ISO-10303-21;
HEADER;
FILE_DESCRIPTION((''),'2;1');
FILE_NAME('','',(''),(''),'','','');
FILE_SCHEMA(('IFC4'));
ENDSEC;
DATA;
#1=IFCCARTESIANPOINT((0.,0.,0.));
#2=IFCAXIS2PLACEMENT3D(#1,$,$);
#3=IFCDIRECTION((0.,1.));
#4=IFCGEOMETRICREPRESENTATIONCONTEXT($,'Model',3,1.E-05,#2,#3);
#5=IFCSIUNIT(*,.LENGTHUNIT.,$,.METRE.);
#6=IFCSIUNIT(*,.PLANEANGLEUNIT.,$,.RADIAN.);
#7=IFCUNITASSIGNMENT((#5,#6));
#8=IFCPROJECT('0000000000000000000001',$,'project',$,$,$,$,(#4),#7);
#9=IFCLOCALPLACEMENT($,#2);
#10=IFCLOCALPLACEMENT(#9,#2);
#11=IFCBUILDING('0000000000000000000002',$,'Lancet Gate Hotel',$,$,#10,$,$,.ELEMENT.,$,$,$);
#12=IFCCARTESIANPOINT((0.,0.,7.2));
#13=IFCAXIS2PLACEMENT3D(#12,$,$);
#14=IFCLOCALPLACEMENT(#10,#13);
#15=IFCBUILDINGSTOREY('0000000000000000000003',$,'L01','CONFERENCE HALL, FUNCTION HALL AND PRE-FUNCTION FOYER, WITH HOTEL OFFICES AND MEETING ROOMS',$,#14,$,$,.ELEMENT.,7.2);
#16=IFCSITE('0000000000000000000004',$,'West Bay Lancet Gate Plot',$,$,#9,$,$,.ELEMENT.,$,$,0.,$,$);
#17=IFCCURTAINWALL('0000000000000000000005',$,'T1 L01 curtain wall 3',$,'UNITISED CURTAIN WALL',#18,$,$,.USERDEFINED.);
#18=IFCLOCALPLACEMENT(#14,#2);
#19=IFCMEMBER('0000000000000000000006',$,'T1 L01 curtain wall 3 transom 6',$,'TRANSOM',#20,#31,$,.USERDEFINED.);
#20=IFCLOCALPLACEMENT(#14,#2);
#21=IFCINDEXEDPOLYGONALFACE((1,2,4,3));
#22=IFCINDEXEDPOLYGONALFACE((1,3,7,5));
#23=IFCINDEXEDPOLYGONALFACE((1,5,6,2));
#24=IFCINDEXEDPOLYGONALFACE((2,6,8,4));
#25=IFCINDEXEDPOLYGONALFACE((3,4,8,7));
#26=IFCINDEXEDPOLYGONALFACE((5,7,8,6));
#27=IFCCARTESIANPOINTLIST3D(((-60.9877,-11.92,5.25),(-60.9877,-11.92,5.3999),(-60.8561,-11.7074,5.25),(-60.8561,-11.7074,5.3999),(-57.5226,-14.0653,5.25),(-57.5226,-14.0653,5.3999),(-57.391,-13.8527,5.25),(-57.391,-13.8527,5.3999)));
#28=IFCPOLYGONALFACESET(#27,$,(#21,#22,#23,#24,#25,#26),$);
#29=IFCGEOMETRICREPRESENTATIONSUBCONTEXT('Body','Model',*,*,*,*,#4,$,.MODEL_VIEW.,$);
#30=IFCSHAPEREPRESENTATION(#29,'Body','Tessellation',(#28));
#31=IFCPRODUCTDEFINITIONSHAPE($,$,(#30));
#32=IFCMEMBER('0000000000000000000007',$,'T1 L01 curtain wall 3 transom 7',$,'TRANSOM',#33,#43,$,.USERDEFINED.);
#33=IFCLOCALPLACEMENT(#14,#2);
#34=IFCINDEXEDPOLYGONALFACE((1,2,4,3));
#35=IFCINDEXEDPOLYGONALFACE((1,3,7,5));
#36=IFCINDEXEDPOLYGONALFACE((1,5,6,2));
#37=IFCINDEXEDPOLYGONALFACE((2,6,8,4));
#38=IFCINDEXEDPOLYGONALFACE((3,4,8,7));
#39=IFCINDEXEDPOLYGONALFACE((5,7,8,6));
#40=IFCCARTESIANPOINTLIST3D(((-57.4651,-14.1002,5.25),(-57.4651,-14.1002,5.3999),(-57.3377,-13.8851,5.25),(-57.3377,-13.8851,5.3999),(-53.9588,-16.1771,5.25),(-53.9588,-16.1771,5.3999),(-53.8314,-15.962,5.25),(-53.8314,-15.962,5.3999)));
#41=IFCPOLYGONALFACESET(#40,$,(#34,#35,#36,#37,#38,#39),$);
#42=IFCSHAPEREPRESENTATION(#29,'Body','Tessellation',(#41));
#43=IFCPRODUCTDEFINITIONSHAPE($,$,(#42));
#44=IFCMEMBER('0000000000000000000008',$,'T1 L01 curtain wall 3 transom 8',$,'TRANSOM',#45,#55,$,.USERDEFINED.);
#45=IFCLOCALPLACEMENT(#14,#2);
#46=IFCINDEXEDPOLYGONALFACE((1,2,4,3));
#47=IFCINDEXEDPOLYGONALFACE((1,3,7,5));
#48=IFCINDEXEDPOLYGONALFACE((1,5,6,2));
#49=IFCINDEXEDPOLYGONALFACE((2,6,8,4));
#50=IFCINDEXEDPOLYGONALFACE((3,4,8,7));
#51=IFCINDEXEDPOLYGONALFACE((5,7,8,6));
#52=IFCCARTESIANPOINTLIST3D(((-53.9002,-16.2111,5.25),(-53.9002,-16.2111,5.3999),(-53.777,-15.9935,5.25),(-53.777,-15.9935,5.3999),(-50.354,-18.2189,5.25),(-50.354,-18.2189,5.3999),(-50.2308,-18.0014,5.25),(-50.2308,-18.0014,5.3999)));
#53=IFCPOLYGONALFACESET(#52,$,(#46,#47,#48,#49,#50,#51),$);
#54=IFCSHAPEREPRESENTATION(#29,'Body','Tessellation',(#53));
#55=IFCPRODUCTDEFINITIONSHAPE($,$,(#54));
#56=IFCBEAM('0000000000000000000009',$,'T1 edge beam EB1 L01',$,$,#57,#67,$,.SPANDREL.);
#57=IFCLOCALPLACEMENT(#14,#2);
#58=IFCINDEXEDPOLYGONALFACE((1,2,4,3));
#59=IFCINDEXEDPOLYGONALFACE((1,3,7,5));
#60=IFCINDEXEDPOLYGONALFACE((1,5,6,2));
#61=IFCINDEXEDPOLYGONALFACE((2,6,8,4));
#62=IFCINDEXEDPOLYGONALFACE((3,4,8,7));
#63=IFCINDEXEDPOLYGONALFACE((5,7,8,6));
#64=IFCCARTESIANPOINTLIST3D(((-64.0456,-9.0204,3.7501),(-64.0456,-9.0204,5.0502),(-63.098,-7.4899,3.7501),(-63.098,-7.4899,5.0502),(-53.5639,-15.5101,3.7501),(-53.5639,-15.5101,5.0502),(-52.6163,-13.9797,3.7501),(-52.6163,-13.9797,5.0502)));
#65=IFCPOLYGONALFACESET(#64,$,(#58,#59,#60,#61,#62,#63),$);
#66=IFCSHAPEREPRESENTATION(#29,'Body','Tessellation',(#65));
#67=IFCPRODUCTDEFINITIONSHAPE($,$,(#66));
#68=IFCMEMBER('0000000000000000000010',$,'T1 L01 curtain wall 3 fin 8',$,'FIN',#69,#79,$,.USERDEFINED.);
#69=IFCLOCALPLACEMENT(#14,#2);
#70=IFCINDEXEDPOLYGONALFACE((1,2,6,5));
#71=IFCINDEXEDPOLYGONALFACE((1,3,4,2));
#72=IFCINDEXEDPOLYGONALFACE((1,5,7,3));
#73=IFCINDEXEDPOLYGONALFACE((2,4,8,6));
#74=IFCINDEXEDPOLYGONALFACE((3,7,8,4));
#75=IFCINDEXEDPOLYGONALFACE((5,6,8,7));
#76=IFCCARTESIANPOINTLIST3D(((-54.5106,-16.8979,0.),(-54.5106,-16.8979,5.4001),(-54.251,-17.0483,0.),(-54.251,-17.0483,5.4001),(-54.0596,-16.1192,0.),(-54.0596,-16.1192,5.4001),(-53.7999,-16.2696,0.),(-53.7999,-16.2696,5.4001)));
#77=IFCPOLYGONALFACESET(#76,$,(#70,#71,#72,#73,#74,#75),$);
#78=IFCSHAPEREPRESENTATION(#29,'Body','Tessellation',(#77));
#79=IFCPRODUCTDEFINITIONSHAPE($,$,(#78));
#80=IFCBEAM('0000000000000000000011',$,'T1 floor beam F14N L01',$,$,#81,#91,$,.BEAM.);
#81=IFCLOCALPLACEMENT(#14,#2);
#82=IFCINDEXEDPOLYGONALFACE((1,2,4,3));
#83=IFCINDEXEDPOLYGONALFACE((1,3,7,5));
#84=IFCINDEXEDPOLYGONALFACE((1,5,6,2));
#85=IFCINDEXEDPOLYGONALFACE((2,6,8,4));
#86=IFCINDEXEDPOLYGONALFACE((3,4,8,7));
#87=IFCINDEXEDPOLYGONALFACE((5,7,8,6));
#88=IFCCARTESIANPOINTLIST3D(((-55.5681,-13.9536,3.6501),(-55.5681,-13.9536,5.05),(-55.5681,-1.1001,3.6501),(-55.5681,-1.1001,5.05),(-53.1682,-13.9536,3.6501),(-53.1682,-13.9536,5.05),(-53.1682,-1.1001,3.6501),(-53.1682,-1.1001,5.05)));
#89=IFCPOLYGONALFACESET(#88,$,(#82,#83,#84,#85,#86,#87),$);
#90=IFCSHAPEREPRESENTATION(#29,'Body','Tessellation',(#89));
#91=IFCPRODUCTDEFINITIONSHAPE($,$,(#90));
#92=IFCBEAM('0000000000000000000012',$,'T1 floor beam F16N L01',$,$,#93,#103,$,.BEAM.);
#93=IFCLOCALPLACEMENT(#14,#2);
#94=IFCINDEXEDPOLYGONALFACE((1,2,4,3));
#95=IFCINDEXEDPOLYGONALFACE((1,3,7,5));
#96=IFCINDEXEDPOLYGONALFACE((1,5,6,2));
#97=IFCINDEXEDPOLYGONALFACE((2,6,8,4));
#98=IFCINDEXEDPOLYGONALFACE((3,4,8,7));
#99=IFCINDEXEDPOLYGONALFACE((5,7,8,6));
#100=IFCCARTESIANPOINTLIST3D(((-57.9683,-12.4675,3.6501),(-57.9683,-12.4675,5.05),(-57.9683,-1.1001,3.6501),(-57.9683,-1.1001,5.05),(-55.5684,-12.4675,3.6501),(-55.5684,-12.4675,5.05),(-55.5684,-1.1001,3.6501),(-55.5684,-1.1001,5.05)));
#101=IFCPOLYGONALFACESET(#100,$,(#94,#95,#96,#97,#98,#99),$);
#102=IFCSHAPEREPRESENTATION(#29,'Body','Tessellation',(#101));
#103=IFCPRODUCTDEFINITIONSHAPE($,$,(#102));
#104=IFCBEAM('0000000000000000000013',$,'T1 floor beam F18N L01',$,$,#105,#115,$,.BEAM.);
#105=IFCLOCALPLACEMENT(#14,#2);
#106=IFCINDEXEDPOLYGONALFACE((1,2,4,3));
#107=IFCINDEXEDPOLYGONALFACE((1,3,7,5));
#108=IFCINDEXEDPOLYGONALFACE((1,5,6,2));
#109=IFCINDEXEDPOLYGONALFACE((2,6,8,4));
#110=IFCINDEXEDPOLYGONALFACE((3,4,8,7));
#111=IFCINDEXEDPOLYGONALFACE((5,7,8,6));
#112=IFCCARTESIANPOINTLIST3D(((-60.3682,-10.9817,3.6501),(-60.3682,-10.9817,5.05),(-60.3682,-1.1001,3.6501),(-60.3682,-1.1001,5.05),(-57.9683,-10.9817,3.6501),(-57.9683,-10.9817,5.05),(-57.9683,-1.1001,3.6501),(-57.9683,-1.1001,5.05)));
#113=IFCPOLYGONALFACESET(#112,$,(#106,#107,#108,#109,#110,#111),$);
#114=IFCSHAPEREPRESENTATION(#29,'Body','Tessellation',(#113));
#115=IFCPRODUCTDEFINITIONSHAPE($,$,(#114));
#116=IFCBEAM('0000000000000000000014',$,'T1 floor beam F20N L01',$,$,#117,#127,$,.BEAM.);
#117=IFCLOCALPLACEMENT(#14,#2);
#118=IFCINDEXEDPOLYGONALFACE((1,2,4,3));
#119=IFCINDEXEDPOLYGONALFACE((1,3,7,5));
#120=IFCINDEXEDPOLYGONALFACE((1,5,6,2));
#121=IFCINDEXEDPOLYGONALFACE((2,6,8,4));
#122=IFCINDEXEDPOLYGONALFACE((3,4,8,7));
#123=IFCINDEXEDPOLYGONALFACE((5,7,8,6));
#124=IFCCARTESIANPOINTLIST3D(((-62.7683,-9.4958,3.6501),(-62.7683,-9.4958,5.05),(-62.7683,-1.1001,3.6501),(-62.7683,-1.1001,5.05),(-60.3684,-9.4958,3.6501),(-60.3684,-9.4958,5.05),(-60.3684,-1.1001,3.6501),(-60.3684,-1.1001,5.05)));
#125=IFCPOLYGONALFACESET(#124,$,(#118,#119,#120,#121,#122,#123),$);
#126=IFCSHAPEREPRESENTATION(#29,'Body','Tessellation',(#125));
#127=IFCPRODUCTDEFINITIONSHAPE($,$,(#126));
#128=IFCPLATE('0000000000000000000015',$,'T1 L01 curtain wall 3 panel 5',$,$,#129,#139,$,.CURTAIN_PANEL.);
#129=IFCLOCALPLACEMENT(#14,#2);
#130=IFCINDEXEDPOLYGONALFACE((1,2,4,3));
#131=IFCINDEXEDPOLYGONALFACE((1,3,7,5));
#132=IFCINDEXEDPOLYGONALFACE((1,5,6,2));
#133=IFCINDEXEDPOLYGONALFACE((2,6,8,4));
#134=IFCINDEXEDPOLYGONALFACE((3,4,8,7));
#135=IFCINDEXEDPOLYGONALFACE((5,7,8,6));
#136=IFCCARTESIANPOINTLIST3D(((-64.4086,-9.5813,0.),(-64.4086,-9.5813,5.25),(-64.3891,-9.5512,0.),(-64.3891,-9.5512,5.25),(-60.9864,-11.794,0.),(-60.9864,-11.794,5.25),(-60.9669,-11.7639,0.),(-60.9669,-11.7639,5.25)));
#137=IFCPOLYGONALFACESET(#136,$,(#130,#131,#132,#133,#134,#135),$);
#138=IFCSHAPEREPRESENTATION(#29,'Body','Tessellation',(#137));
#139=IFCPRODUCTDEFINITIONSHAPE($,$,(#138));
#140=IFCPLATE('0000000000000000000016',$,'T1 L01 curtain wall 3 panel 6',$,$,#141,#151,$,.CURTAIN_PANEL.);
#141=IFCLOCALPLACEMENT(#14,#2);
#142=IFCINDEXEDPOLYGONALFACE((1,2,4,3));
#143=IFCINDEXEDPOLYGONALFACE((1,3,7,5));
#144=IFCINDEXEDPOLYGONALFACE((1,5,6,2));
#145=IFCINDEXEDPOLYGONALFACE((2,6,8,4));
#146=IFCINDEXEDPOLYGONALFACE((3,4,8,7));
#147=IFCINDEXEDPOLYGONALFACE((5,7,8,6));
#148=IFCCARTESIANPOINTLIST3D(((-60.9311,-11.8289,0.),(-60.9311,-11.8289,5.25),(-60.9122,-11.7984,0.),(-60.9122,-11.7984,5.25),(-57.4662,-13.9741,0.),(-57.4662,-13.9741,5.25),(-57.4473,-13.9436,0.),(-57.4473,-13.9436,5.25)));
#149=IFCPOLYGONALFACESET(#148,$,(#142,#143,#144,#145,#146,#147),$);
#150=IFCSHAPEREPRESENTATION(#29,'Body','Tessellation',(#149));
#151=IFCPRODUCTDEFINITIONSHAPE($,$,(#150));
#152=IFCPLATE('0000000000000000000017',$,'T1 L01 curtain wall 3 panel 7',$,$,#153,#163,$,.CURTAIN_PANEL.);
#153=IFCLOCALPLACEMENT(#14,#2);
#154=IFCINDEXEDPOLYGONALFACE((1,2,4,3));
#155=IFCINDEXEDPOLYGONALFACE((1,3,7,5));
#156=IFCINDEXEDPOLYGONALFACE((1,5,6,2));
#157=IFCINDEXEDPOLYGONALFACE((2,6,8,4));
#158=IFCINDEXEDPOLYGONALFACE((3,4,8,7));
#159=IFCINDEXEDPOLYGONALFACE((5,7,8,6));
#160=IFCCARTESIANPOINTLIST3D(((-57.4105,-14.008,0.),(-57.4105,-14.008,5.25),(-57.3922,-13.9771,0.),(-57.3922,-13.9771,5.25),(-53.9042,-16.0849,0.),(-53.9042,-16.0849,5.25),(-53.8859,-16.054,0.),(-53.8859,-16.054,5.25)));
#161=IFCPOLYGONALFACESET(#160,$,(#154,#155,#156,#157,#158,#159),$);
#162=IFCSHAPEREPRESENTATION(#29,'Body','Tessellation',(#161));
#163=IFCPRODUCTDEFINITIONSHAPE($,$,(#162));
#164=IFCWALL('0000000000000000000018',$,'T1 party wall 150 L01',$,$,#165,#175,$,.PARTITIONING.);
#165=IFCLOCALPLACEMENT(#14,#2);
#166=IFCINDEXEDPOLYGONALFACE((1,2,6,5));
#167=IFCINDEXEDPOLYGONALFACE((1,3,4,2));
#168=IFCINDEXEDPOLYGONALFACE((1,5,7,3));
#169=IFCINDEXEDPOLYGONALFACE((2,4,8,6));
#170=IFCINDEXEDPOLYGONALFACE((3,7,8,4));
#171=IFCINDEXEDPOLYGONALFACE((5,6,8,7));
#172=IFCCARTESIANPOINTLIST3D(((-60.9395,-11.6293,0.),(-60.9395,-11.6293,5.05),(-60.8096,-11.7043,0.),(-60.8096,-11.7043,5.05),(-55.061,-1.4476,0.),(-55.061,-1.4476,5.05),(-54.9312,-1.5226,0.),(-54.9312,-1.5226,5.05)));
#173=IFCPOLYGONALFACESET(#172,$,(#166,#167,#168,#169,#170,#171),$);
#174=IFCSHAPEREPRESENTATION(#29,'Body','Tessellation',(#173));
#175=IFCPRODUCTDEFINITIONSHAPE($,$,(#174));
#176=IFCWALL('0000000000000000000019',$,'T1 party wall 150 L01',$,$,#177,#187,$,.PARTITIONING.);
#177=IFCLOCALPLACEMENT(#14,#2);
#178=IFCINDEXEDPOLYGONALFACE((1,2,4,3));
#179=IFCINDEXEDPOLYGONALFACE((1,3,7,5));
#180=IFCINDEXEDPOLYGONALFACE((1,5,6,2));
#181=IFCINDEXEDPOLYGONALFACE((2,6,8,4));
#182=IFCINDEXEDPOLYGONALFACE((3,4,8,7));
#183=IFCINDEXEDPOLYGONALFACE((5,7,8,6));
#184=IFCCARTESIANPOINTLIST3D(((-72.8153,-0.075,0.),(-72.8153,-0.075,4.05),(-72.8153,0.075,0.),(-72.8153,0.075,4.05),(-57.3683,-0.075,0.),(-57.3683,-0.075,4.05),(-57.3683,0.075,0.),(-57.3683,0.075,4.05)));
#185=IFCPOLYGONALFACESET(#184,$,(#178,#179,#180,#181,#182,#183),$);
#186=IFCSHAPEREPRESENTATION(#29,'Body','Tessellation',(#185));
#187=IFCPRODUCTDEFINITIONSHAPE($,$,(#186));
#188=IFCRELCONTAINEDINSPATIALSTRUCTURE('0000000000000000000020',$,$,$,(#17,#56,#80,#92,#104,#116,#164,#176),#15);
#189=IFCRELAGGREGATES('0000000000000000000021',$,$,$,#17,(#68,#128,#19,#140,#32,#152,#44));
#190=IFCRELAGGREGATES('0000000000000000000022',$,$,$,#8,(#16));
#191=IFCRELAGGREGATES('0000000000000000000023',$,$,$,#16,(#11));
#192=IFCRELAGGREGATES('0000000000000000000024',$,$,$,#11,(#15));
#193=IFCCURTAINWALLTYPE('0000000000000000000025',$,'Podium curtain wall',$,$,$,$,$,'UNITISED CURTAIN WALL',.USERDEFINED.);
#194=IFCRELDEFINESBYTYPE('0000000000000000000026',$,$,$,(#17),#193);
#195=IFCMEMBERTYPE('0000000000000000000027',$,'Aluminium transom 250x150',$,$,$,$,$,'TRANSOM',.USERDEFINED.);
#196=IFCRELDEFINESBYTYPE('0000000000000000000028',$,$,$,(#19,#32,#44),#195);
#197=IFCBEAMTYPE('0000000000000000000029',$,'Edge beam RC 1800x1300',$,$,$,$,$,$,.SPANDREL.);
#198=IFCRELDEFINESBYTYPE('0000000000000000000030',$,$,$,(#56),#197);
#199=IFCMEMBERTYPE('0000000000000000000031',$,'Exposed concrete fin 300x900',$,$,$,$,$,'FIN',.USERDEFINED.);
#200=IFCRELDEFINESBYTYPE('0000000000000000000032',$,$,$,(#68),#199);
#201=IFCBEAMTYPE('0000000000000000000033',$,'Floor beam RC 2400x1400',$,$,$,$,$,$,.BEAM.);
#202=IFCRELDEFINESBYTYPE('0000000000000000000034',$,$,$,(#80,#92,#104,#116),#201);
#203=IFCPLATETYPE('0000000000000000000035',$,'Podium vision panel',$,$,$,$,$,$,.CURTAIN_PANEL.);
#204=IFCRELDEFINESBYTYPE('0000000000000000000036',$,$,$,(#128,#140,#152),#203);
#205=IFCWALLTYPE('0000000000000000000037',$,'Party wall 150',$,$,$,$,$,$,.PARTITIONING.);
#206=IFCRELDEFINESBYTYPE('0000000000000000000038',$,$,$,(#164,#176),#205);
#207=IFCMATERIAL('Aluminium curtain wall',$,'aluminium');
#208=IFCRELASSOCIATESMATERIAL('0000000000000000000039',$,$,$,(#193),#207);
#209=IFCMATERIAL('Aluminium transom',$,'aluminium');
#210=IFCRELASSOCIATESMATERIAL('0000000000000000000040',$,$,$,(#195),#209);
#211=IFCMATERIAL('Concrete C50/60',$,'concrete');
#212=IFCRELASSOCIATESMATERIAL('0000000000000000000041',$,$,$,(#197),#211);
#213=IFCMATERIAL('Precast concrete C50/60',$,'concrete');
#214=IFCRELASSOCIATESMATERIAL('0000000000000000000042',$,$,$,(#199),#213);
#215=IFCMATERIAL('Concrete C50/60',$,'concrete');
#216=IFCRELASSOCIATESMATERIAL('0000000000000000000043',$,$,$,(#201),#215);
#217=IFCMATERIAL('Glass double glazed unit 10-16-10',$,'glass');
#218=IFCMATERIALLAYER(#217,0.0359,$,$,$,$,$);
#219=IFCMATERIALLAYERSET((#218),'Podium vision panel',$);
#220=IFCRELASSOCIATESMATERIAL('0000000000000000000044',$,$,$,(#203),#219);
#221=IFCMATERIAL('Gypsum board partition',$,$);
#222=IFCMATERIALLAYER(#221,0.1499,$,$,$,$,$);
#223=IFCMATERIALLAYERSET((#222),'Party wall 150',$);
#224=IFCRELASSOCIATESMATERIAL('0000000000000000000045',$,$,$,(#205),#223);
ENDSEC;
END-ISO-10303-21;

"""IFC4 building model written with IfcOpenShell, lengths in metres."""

from ifc_helpers import new_model, si_unit, direction, frame, frame_2d, origin, origin_2d, place, context, subcontext, project, spatial, rectangle, extrude, material, layer, layer_set, material_profile, profile_set, type_object, element, aggregate, save


model = new_model("IFC4")

# Units and contexts
model_context = context("Model", 3, precision=1e-05, world=origin(), true_north=direction((0.0, 1.0)))
body_context = subcontext(model_context, "Body", "Model", "MODEL_VIEW")
ifc_project = project(units=[si_unit("LENGTHUNIT", "METRE"), si_unit("PLANEANGLEUNIT", "RADIAN")], contexts=[model_context])

# Site, building, storey
site_placement = place(None, origin())
site = spatial("IfcSite", under=ifc_project, at=site_placement, Name="West Bay Lancet Gate Plot", CompositionType="ELEMENT", RefElevation=0.0)
building_placement = place(site_placement, origin())
building = spatial("IfcBuilding", under=site, at=building_placement, Name="Lancet Gate Hotel", CompositionType="ELEMENT")
storey_placement = place(building_placement, frame((0.0, 0.0, 7.2)))
storey = spatial("IfcBuildingStorey", under=building, at=storey_placement, Name="L01", Description="CONFERENCE HALL, FUNCTION HALL AND PRE-FUNCTION FOYER, WITH HOTEL OFFICES AND MEETING ROOMS", CompositionType="ELEMENT", Elevation=7.2)

# Curtain wall, members
ifc_material_1 = material(Name="Aluminium curtain wall", Category="aluminium")
curtain_wall_type = type_object("IfcCurtainWallType", Name="Podium curtain wall", ElementType="UNITISED CURTAIN WALL", PredefinedType="USERDEFINED", material=ifc_material_1)
curtain_wall_placement = place(storey_placement, origin())
curtain_wall = element("IfcCurtainWall", 1, at=curtain_wall_placement, inside=storey, type_object=curtain_wall_type, Name="T1 L01 curtain wall 3", ObjectType="UNITISED CURTAIN WALL", PredefinedType="USERDEFINED")
ifc_material_2 = material(Name="Aluminium transom", Category="aluminium")
ifc_material_profile_1 = material_profile(ifc_material_2, rectangle(XDim=0.25, YDim=0.1499, at=origin_2d()), Name="TRANSOM 250x150")
ifc_profile_set_1 = profile_set([ifc_material_profile_1], Name="Aluminium transom")
member_type_1 = type_object("IfcMemberType", Name="Aluminium transom 250x150", ElementType="TRANSOM", PredefinedType="USERDEFINED", material=ifc_profile_set_1)
member_1_placement = place(storey_placement, frame((-60.9219, -11.8137, 5.325), z_axis=(0.850242, -0.526392, 0.0), x_axis=(0.526392, 0.850242, 0.0)))
member_1 = element("IfcMember", 2, at=member_1_placement, type_object=member_type_1, Name="T1 L01 curtain wall 3 transom 6", ObjectType="TRANSOM", PredefinedType="USERDEFINED", context=body_context, shape_type="SweptSolid", body=[
    extrude(rectangle(XDim=0.25, YDim=0.1499, at=origin_2d()), origin(), (0.0, 0.0, 1.0), 4.0754),
])
member_2_placement = place(storey_placement, frame((-57.4014, -13.9927, 5.325), z_axis=(0.860392, -0.509633, 0.0), x_axis=(0.509633, 0.860392, 0.0)))
member_2 = element("IfcMember", 3, at=member_2_placement, type_object=member_type_1, Name="T1 L01 curtain wall 3 transom 7", ObjectType="TRANSOM", PredefinedType="USERDEFINED", context=body_context, shape_type="SweptSolid", body=[
    extrude(rectangle(XDim=0.25, YDim=0.1499, at=origin_2d()), origin(), (0.0, 0.0, 1.0), 4.0752),
])
member_3_placement = place(storey_placement, frame((-53.8386, -16.1023, 5.325), z_axis=(0.870198, -0.492703, 0.0), x_axis=(0.492703, 0.870198, 0.0)))
member_3 = element("IfcMember", 4, at=member_3_placement, type_object=member_type_1, Name="T1 L01 curtain wall 3 transom 8", ObjectType="TRANSOM", PredefinedType="USERDEFINED", context=body_context, shape_type="SweptSolid", body=[
    extrude(rectangle(XDim=0.25, YDim=0.1499, at=origin_2d()), origin(), (0.0, 0.0, 1.0), 4.0752),
])

# Beam
ifc_material_3 = material(Name="Concrete C50/60", Category="concrete")
ifc_material_profile_2 = material_profile(ifc_material_3, rectangle(XDim=1.8, YDim=1.3, at=origin_2d()), Name="RC 1800x1300")
ifc_profile_set_2 = profile_set([ifc_material_profile_2], Name="Concrete C50/60")
beam_type_1 = type_object("IfcBeamType", Name="Edge beam RC 1800x1300", PredefinedType="SPANDREL", material=ifc_profile_set_2)
beam_1_placement = place(storey_placement, frame((-63.5718, -8.2551, 4.4001), z_axis=(0.850226, -0.526418, 0.0), x_axis=(0.526418, 0.850226, 0.0)))
element("IfcBeam", 5, at=beam_1_placement, inside=storey, type_object=beam_type_1, Name="T1 edge beam EB1 L01", PredefinedType="SPANDREL", context=body_context, shape_type="SweptSolid", body=[
    extrude(rectangle(XDim=1.8, YDim=1.3, at=origin_2d()), origin(), (0.0, 0.0, 1.0), 12.3281),
])

# Member
ifc_material_4 = material(Name="Precast concrete C50/60", Category="concrete")
ifc_material_profile_3 = material_profile(ifc_material_4, rectangle(XDim=0.3, YDim=0.8999, at=origin_2d()), Name="FIN 300x900")
ifc_profile_set_3 = profile_set([ifc_material_profile_3], Name="Precast concrete C50/60")
member_type_2 = type_object("IfcMemberType", Name="Exposed concrete fin 300x900", ElementType="FIN", PredefinedType="USERDEFINED", material=ifc_profile_set_3)
member_4_placement = place(storey_placement, frame((-54.1553, -16.5837, 0.0), z_axis=(0.0, 0.0, 1.0), x_axis=(0.865335, -0.501194, 0.0)))
member_4 = element("IfcMember", 6, at=member_4_placement, type_object=member_type_2, Name="T1 L01 curtain wall 3 fin 8", ObjectType="FIN", PredefinedType="USERDEFINED", context=body_context, shape_type="SweptSolid", body=[
    extrude(rectangle(XDim=0.3, YDim=0.8999, at=origin_2d()), origin(), (0.0, 0.0, 1.0), 5.4001),
])

# Beams
ifc_material_5 = material(Name="Concrete C50/60", Category="concrete")
ifc_material_profile_4 = material_profile(ifc_material_5, rectangle(XDim=2.3999, YDim=1.3999, at=origin_2d()), Name="RC 2400x1400")
ifc_profile_set_4 = profile_set([ifc_material_profile_4], Name="Concrete C50/60")
beam_type_2 = type_object("IfcBeamType", Name="Floor beam RC 2400x1400", PredefinedType="BEAM", material=ifc_profile_set_4)
beam_2_placement = place(storey_placement, frame((-54.3682, -1.1001, 4.3501), z_axis=(0.0, -1.0, 0.0), x_axis=(1.0, 0.0, 0.0)))
element("IfcBeam", 7, at=beam_2_placement, inside=storey, type_object=beam_type_2, Name="T1 floor beam F14N L01", PredefinedType="BEAM", context=body_context, shape_type="SweptSolid", body=[
    extrude(rectangle(XDim=2.3999, YDim=1.3999, at=origin_2d()), origin(), (0.0, 0.0, 1.0), 12.8535),
])
beam_3_placement = place(storey_placement, frame((-56.7683, -1.1001, 4.3501), z_axis=(0.0, -1.0, 0.0), x_axis=(1.0, 0.0, 0.0)))
element("IfcBeam", 8, at=beam_3_placement, inside=storey, type_object=beam_type_2, Name="T1 floor beam F16N L01", PredefinedType="BEAM", context=body_context, shape_type="SweptSolid", body=[
    extrude(rectangle(XDim=2.3999, YDim=1.3999, at=origin_2d()), origin(), (0.0, 0.0, 1.0), 11.3674),
])
beam_4_placement = place(storey_placement, frame((-59.1682, -1.1001, 4.3501), z_axis=(0.0, -1.0, 0.0), x_axis=(1.0, 0.0, 0.0)))
element("IfcBeam", 9, at=beam_4_placement, inside=storey, type_object=beam_type_2, Name="T1 floor beam F18N L01", PredefinedType="BEAM", context=body_context, shape_type="SweptSolid", body=[
    extrude(rectangle(XDim=2.3999, YDim=1.3999, at=origin_2d()), origin(), (0.0, 0.0, 1.0), 9.8816),
])
beam_5_placement = place(storey_placement, frame((-61.5684, -1.1001, 4.3501), z_axis=(0.0, -1.0, 0.0), x_axis=(1.0, 0.0, 0.0)))
element("IfcBeam", 10, at=beam_5_placement, inside=storey, type_object=beam_type_2, Name="T1 floor beam F20N L01", PredefinedType="BEAM", context=body_context, shape_type="SweptSolid", body=[
    extrude(rectangle(XDim=2.3999, YDim=1.3999, at=origin_2d()), origin(), (0.0, 0.0, 1.0), 8.3958),
])

# Plates
ifc_material_6 = material(Name="Glass double glazed unit 10-16-10", Category="glass")
ifc_layer_1 = layer(ifc_material_6, 0.0359)
ifc_layer_set_1 = layer_set([ifc_layer_1], Name="Podium vision panel")
plate_type = type_object("IfcPlateType", Name="Podium vision panel", PredefinedType="CURTAIN_PANEL", material=ifc_layer_set_1)
plate_1_placement = place(storey_placement, frame((-62.6877, -10.6726, 0.0), z_axis=(0.0, 0.0, 1.0), x_axis=(0.839749, -0.542975, 0.0)))
plate_1 = element("IfcPlate", 11, at=plate_1_placement, type_object=plate_type, Name="T1 L01 curtain wall 3 panel 5", PredefinedType="CURTAIN_PANEL", context=body_context, shape_type="SweptSolid", body=[
    extrude(rectangle(XDim=4.0752, YDim=0.0359, at=origin_2d()), origin(), (0.0, 0.0, 1.0), 5.25),
])
plate_2_placement = place(storey_placement, frame((-59.1892, -12.8862, 0.0), z_axis=(0.0, 0.0, 1.0), x_axis=(0.850229, -0.526414, 0.0)))
plate_2 = element("IfcPlate", 12, at=plate_2_placement, type_object=plate_type, Name="T1 L01 curtain wall 3 panel 6", PredefinedType="CURTAIN_PANEL", context=body_context, shape_type="SweptSolid", body=[
    extrude(rectangle(XDim=4.0752, YDim=0.0359, at=origin_2d()), origin(), (0.0, 0.0, 1.0), 5.25),
])
plate_3_placement = place(storey_placement, frame((-55.6482, -15.031, 0.0), z_axis=(0.0, 0.0, 1.0), x_axis=(0.860382, -0.50965, 0.0)))
plate_3 = element("IfcPlate", 13, at=plate_3_placement, type_object=plate_type, Name="T1 L01 curtain wall 3 panel 7", PredefinedType="CURTAIN_PANEL", context=body_context, shape_type="SweptSolid", body=[
    extrude(rectangle(XDim=4.0752, YDim=0.0359, at=origin_2d()), origin(), (0.0, 0.0, 1.0), 5.25),
])
aggregate(curtain_wall, [member_4, plate_1, member_1, plate_2, member_2, plate_3, member_3])

# Walls
ifc_material_7 = material(Name="Gypsum board partition")
ifc_layer_2 = layer(ifc_material_7, 0.1499)
ifc_layer_set_2 = layer_set([ifc_layer_2], Name="Party wall 150")
wall_type = type_object("IfcWallType", Name="Party wall 150", PredefinedType="PARTITIONING", material=ifc_layer_set_2)
wall_1_placement = place(storey_placement, frame((-54.9961, -1.4851, 0.0), z_axis=(0.0, 0.0, 1.0), x_axis=(-0.500003, -0.866024, 0.0)))
element("IfcWall", 14, at=wall_1_placement, inside=storey, type_object=wall_type, Name="T1 party wall 150 L01", PredefinedType="PARTITIONING", context=body_context, shape_type="SweptSolid", body=[
    extrude(rectangle(XDim=11.7568, YDim=0.1499, at=frame_2d((5.8784, 0.0))), origin(), (0.0, 0.0, 1.0), 5.05),
])
wall_2_placement = place(storey_placement, frame((-57.3682, 0.0, 0.0), z_axis=(0.0, 0.0, 1.0), x_axis=(-1.0, 0.0, 0.0)))
element("IfcWall", 15, at=wall_2_placement, inside=storey, type_object=wall_type, Name="T1 party wall 150 L01", PredefinedType="PARTITIONING", context=body_context, shape_type="SweptSolid", body=[
    extrude(rectangle(XDim=15.447, YDim=0.1499, at=frame_2d((7.7236, 0.0))), origin(), (0.0, 0.0, 1.0), 4.05),
])

save(model, "model.ifc")
